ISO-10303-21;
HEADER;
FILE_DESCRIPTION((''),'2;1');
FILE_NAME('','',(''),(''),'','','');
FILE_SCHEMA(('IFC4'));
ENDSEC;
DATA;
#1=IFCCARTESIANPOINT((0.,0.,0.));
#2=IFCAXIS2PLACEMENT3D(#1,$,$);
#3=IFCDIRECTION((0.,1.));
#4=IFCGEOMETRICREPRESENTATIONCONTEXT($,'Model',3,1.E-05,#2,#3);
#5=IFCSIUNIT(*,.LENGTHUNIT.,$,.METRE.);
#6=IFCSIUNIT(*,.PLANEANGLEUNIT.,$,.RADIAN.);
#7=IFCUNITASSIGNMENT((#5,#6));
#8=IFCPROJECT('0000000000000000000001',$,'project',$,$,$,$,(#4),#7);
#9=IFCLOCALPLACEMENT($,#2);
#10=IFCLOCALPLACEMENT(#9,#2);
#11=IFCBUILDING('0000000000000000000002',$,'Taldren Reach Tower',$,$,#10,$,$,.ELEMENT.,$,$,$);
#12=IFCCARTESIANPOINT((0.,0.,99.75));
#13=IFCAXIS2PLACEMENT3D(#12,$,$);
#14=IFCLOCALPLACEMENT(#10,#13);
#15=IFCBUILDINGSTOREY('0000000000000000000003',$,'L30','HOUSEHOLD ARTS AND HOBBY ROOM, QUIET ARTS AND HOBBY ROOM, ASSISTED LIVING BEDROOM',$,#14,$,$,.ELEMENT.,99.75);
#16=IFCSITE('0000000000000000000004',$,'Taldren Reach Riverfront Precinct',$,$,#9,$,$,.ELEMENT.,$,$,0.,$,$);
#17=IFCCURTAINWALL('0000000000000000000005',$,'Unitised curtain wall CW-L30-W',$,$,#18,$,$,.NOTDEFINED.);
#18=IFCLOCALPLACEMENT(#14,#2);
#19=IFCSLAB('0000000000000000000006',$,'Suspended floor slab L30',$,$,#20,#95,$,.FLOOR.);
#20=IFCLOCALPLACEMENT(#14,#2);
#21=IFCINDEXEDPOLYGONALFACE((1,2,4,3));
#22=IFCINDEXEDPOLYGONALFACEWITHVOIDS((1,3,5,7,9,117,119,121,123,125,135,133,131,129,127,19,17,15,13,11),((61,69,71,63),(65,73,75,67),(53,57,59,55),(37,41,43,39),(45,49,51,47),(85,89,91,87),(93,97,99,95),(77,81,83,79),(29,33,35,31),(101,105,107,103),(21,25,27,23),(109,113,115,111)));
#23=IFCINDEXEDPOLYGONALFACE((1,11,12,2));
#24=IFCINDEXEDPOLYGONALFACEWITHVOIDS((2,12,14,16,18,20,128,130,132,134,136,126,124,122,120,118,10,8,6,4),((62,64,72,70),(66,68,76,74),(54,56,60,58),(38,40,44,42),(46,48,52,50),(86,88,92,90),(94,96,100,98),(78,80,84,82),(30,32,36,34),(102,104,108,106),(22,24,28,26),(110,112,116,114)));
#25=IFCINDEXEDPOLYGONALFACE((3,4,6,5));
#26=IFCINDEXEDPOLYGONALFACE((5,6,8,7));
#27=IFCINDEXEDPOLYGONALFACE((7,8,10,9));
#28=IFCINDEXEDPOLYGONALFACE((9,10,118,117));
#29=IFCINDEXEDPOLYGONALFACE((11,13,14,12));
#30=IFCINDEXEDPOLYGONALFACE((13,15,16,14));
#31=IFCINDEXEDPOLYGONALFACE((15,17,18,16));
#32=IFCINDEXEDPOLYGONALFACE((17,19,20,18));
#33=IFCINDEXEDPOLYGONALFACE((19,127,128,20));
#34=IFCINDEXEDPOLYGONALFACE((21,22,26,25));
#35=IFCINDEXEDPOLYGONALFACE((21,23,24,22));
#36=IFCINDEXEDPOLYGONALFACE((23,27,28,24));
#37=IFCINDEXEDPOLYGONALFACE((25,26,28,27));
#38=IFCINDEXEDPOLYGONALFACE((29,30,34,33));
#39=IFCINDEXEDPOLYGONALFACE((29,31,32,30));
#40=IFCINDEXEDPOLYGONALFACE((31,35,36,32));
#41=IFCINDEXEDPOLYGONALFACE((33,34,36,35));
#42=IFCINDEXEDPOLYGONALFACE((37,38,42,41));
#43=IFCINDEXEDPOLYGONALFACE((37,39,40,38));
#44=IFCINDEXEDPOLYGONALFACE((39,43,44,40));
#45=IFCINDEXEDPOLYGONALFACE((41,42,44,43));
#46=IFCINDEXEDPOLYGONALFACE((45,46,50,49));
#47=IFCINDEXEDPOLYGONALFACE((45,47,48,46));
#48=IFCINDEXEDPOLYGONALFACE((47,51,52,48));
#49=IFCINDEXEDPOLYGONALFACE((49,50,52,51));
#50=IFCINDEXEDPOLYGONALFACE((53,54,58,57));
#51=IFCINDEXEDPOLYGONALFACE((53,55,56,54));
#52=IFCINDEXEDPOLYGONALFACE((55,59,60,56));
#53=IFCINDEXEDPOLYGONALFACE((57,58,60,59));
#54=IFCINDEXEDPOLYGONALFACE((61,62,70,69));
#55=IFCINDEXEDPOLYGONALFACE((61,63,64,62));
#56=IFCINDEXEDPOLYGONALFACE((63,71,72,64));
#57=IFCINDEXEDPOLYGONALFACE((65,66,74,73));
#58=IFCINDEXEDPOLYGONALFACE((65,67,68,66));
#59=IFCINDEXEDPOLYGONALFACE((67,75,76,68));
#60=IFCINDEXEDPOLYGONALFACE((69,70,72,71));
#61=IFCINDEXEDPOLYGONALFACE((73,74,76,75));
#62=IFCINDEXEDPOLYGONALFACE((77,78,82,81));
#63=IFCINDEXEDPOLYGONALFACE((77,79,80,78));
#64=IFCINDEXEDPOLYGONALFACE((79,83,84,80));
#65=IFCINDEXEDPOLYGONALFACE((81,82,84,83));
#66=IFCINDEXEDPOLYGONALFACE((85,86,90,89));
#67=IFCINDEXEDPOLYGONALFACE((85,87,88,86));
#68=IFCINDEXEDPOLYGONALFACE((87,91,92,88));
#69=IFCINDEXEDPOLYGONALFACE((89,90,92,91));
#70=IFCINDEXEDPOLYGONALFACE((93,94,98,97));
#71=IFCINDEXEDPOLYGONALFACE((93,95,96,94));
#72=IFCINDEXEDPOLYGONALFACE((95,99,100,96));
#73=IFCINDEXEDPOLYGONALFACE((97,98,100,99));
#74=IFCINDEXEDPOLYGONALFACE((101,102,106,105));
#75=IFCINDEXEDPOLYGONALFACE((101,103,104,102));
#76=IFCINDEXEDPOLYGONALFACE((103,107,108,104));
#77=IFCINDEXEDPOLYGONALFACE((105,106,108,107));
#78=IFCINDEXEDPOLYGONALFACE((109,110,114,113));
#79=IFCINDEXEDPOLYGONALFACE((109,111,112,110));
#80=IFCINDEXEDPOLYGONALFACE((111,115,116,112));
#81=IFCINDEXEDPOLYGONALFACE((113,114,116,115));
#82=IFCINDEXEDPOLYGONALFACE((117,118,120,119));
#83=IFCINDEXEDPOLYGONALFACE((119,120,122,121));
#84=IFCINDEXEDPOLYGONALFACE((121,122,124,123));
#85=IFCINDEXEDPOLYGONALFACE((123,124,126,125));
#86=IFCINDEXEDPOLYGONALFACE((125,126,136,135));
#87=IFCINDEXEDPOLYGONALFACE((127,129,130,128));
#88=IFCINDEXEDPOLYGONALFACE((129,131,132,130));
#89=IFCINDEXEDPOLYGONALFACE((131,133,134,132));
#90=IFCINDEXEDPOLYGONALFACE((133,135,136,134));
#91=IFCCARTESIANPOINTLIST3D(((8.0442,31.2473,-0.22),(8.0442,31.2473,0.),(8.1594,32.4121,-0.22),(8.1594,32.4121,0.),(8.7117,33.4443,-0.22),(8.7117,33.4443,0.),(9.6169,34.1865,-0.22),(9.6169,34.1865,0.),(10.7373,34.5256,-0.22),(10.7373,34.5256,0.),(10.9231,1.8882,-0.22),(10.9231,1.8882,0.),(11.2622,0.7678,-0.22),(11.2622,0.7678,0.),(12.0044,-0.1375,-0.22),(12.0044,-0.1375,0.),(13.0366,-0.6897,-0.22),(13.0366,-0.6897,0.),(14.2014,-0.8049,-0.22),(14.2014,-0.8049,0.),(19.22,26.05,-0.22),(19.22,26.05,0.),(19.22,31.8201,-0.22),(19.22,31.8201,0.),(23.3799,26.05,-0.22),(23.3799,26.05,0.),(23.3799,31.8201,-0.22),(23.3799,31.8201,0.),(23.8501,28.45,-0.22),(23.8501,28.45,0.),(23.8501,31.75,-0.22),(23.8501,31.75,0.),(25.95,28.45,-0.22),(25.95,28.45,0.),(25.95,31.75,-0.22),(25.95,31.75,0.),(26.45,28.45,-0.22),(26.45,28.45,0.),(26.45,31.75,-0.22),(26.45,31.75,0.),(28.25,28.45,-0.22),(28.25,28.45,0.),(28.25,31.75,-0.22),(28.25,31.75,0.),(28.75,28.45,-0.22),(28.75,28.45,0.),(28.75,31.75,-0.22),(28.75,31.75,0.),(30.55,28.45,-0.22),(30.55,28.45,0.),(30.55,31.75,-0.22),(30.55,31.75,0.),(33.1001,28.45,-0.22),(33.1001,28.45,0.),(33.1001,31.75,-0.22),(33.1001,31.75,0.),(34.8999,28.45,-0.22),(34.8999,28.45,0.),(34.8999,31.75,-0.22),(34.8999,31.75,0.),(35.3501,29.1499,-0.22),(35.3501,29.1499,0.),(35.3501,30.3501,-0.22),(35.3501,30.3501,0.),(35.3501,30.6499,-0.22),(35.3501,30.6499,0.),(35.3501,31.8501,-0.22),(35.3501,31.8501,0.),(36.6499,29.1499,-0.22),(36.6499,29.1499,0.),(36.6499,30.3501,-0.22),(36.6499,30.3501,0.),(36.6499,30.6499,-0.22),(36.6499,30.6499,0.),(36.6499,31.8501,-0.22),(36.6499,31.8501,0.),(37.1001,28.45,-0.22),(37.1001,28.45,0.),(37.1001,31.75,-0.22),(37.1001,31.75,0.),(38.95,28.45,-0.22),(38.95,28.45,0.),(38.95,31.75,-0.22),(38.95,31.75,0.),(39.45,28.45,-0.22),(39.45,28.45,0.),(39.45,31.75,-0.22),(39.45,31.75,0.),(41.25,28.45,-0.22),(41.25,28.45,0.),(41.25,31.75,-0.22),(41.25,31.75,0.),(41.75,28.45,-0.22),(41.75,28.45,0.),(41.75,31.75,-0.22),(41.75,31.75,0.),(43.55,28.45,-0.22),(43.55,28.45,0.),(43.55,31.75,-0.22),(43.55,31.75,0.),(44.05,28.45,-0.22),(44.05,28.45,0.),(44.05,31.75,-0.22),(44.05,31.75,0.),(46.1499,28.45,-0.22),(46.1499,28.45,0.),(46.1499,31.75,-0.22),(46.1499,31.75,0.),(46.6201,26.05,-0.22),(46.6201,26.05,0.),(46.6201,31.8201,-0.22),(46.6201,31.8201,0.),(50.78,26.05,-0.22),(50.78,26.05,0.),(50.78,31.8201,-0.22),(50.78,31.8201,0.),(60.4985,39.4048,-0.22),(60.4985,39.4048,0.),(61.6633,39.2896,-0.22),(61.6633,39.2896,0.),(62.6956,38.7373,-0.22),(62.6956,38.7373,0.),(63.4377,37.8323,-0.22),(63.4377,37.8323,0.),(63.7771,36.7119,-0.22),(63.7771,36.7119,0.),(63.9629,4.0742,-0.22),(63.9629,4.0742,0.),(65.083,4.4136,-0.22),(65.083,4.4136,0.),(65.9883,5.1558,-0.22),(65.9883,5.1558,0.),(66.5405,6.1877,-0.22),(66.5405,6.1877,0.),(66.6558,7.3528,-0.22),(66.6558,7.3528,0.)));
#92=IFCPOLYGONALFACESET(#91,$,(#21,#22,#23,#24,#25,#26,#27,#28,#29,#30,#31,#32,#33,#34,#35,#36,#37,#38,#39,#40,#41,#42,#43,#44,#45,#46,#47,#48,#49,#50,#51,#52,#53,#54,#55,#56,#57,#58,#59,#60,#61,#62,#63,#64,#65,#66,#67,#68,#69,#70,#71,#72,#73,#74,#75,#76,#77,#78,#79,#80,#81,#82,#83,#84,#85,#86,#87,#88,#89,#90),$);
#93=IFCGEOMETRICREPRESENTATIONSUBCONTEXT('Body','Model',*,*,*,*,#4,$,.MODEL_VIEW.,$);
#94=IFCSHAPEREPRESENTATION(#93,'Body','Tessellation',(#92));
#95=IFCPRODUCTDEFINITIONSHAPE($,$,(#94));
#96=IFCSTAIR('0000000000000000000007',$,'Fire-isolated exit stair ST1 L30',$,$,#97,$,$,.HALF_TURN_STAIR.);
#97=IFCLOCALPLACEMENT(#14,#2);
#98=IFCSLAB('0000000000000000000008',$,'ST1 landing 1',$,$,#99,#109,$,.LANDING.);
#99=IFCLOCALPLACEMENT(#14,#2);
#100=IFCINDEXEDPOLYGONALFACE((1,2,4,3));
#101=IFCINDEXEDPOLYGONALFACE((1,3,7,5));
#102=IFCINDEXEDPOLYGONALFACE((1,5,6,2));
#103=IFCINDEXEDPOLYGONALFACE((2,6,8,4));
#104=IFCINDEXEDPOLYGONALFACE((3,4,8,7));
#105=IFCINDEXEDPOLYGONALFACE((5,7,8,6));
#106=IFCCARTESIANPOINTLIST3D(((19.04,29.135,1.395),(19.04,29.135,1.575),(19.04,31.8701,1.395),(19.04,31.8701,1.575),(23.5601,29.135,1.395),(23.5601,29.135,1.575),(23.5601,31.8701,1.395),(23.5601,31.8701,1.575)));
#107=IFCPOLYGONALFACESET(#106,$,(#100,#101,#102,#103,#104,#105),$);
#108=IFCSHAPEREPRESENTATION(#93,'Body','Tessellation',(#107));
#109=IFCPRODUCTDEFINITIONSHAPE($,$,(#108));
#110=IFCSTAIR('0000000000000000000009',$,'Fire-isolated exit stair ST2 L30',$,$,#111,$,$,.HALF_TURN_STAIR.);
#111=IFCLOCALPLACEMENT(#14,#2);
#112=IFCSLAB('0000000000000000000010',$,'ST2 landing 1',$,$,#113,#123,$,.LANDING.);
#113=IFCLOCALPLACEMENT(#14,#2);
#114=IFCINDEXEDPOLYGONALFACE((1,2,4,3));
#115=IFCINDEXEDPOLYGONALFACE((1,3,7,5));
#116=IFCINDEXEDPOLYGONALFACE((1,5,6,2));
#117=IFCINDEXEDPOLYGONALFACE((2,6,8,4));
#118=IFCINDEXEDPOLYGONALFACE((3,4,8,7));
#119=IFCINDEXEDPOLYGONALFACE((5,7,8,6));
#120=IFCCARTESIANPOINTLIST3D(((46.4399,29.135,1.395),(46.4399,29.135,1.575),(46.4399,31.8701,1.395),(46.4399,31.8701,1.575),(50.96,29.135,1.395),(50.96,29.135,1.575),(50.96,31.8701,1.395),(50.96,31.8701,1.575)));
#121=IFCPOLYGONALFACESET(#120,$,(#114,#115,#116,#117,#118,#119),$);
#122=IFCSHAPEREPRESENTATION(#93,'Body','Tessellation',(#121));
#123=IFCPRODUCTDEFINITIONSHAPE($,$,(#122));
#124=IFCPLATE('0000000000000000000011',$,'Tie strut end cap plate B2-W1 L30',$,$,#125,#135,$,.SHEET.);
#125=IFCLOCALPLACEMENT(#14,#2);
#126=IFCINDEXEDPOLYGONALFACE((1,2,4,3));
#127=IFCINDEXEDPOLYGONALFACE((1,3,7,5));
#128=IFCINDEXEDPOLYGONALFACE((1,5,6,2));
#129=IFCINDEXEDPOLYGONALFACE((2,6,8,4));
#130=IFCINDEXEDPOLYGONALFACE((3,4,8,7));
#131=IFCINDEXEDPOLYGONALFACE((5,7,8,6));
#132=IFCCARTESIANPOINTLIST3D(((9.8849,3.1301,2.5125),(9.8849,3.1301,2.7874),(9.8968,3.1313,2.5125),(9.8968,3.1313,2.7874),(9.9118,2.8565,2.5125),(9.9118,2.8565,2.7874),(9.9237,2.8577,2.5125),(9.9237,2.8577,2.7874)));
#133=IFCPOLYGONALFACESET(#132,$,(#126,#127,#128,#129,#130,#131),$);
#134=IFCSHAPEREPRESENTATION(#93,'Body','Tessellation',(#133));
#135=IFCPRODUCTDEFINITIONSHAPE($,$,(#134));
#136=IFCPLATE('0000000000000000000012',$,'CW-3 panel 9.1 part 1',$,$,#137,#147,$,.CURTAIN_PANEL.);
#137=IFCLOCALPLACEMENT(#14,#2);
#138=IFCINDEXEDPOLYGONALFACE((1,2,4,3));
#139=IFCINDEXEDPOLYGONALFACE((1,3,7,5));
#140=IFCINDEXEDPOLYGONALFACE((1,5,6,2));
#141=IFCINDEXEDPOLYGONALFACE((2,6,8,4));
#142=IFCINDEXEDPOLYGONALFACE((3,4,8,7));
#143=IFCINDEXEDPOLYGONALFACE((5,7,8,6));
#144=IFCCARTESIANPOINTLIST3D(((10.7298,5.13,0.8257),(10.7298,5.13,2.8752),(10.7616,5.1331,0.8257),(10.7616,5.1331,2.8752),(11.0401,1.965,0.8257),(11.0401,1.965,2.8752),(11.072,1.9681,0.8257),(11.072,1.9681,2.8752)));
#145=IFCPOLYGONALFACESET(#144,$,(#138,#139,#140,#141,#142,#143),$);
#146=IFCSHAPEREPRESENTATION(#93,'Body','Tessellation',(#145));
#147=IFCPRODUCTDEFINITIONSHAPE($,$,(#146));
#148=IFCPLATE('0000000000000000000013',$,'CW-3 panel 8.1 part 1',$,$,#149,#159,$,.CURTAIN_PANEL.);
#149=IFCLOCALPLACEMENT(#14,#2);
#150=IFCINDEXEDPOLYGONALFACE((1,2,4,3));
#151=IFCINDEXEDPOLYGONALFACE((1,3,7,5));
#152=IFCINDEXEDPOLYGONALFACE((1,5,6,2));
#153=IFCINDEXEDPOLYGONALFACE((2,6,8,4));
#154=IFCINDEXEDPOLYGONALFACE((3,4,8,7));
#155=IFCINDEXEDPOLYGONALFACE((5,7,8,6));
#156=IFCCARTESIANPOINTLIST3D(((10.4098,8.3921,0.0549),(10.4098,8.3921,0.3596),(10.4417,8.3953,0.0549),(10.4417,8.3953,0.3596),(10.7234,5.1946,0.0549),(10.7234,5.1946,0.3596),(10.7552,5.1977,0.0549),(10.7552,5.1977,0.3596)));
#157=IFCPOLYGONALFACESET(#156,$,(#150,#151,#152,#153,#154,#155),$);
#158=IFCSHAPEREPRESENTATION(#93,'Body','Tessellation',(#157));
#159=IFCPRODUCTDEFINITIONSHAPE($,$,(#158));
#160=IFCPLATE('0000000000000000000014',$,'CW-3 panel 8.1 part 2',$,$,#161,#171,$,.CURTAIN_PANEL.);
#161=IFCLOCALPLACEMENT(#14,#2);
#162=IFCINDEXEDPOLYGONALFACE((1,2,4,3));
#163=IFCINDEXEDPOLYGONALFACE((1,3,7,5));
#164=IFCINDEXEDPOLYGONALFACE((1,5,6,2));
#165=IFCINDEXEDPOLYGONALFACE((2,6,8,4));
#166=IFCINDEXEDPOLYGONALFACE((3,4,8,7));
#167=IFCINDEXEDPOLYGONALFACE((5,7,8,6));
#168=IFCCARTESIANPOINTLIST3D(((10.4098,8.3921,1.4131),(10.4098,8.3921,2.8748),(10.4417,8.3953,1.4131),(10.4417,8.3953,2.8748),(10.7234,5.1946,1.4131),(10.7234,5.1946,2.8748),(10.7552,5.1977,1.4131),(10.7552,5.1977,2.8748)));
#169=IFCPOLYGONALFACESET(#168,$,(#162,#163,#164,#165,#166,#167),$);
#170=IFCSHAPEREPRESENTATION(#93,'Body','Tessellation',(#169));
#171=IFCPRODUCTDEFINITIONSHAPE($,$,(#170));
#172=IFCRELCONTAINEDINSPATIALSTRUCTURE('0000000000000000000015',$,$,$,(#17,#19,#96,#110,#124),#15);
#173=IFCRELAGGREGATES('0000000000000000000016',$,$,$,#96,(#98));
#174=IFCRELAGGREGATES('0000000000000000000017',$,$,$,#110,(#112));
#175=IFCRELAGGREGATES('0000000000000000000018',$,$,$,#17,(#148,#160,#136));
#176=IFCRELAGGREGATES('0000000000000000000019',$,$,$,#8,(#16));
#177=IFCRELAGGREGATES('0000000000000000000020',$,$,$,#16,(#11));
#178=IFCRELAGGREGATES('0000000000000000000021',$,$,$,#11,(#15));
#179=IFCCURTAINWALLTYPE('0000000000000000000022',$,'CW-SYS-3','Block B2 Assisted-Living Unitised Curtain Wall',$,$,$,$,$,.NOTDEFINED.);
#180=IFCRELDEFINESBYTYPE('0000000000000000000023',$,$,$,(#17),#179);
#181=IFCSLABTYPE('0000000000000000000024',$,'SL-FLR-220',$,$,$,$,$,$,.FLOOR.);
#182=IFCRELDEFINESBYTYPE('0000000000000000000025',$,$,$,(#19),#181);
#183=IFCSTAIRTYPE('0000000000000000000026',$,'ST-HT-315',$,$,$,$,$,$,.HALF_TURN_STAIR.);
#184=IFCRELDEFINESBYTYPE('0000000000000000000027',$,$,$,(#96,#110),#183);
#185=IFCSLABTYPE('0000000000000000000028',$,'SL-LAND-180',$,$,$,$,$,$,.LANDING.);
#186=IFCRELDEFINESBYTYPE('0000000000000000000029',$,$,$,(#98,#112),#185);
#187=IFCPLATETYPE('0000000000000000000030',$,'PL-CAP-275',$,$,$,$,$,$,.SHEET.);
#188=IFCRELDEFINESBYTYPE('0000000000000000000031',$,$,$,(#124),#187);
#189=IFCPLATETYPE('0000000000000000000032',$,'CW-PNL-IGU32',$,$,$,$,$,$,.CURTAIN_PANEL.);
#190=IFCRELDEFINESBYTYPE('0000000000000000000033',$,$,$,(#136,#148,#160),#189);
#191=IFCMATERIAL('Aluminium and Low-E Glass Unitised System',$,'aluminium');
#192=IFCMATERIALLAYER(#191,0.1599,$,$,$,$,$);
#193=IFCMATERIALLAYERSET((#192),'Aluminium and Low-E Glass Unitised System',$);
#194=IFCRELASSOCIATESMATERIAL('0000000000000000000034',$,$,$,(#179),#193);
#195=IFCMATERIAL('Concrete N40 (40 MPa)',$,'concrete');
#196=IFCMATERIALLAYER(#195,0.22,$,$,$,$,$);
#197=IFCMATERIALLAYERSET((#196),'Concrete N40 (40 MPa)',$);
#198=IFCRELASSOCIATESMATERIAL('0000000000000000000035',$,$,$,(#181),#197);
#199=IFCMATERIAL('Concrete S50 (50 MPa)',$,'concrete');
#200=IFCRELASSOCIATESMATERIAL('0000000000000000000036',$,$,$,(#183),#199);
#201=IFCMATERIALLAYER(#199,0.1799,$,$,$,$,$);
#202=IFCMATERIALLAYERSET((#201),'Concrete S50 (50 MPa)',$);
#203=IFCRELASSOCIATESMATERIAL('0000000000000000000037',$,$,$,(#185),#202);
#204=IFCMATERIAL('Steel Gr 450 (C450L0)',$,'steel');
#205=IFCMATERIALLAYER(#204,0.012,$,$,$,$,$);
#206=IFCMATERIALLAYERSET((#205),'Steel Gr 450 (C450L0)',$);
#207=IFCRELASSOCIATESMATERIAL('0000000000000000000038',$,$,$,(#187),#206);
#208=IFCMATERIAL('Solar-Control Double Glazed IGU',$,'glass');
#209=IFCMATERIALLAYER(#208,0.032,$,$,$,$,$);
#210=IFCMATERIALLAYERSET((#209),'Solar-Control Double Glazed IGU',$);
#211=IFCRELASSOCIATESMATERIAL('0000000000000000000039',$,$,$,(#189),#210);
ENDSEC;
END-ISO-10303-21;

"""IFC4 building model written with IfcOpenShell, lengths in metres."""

from ifc_helpers import new_model, si_unit, direction, frame, origin, origin_2d, place, context, subcontext, project, spatial, polyline, rectangle, outline, extrude, source, transform, mapped, material, layer, layer_set, type_object, element, aggregate, save


model = new_model("IFC4")

# Units and contexts
model_context = context("Model", 3, precision=1e-05, world=origin(), true_north=direction((0.0, 1.0)))
body_context = subcontext(model_context, "Body", "Model", "MODEL_VIEW")
ifc_project = project(units=[si_unit("LENGTHUNIT", "METRE"), si_unit("PLANEANGLEUNIT", "RADIAN")], contexts=[model_context])

# Site, building, storey
site_placement = place(None, origin())
site = spatial("IfcSite", under=ifc_project, at=site_placement, Name="Taldren Reach Riverfront Precinct", CompositionType="ELEMENT", RefElevation=0.0)
building_placement = place(site_placement, origin())
building = spatial("IfcBuilding", under=site, at=building_placement, Name="Taldren Reach Tower", CompositionType="ELEMENT")
storey_placement = place(building_placement, frame((0.0, 0.0, 99.75)))
storey = spatial("IfcBuildingStorey", under=building, at=storey_placement, Name="L30", Description="HOUSEHOLD ARTS AND HOBBY ROOM, QUIET ARTS AND HOBBY ROOM, ASSISTED LIVING BEDROOM", CompositionType="ELEMENT", Elevation=99.75)

# Shared definitions
ifc_material_1 = material(Name="Steel Gr 450 (C450L0)", Category="steel")

# Curtain wall
ifc_material_2 = material(Name="Aluminium and Low-E Glass Unitised System", Category="aluminium")
ifc_layer_1 = layer(ifc_material_2, 0.1599)
ifc_layer_set_1 = layer_set([ifc_layer_1], Name="Aluminium and Low-E Glass Unitised System")
curtain_wall_type = type_object("IfcCurtainWallType", Name="CW-SYS-3", Description="Block B2 Assisted-Living Unitised Curtain Wall", PredefinedType="NOTDEFINED", material=ifc_layer_set_1)
curtain_wall_placement = place(storey_placement, origin())
curtain_wall = element("IfcCurtainWall", 1, at=curtain_wall_placement, inside=storey, type_object=curtain_wall_type, Name="Unitised curtain wall CW-L30-W", PredefinedType="NOTDEFINED")

# Slab
ifc_material_3 = material(Name="Concrete N40 (40 MPa)", Category="concrete")
ifc_layer_2 = layer(ifc_material_3, 0.22)
ifc_layer_set_2 = layer_set([ifc_layer_2], Name="Concrete N40 (40 MPa)")
slab_type_1 = type_object("IfcSlabType", Name="SL-FLR-220", PredefinedType="FLOOR", material=ifc_layer_set_2)
slab_1_placement = place(storey_placement, frame((0.0, 0.0, -0.22)))
element("IfcSlab", 2, at=slab_1_placement, inside=storey, type_object=slab_type_1, Name="Suspended floor slab L30", PredefinedType="FLOOR", context=body_context, shape_type="SweptSolid", body=[
    extrude(outline(polyline([(63.9629, 4.0742), (65.083, 4.4136), (65.9883, 5.1558), (66.5405, 6.1877), (66.6558, 7.3528), (63.7771, 36.7119), (63.4377, 37.8323), (62.6956, 38.7373), (61.6633, 39.2896), (60.4985, 39.4048), (10.7373, 34.5256), (9.6169, 34.1865), (8.7117, 33.4443), (8.1594, 32.4121), (8.0442, 31.2473), (10.9231, 1.8882), (11.2622, 0.7678), (12.0044, -0.1375), (13.0366, -0.6897), (14.2014, -0.8049), (63.9629, 4.0742)]), holes=[polyline([(19.22, 26.05), (23.3799, 26.05), (23.3799, 31.8201), (19.22, 31.8201), (19.22, 26.05)]), polyline([(46.6201, 26.05), (50.78, 26.05), (50.78, 31.8201), (46.6201, 31.8201), (46.6201, 26.05)]), polyline([(23.8501, 28.45), (25.95, 28.45), (25.95, 31.75), (23.8501, 31.75), (23.8501, 28.45)]), polyline([(44.05, 28.45), (46.1499, 28.45), (46.1499, 31.75), (44.05, 31.75), (44.05, 28.45)]), polyline([(26.45, 28.45), (28.25, 28.45), (28.25, 31.75), (26.45, 31.75), (26.45, 28.45)]), polyline([(28.75, 28.45), (30.55, 28.45), (30.55, 31.75), (28.75, 31.75), (28.75, 28.45)]), polyline([(33.1001, 28.45), (34.8999, 28.45), (34.8999, 31.75), (33.1001, 31.75), (33.1001, 28.45)]), polyline([(37.1001, 28.45), (38.95, 28.45), (38.95, 31.75), (37.1001, 31.75), (37.1001, 28.45)]), polyline([(39.45, 28.45), (41.25, 28.45), (41.25, 31.75), (39.45, 31.75), (39.45, 28.45)]), polyline([(41.75, 28.45), (43.55, 28.45), (43.55, 31.75), (41.75, 31.75), (41.75, 28.45)]), polyline([(35.3501, 30.6499), (36.6499, 30.6499), (36.6499, 31.8501), (35.3501, 31.8501), (35.3501, 30.6499)]), polyline([(35.3501, 29.1499), (36.6499, 29.1499), (36.6499, 30.3501), (35.3501, 30.3501), (35.3501, 29.1499)])]), origin(), (0.0, 0.0, 1.0), 0.22),
])

# Stairs, slabs
ifc_material_4 = material(Name="Concrete S50 (50 MPa)", Category="concrete")
stair_type = type_object("IfcStairType", Name="ST-HT-315", PredefinedType="HALF_TURN_STAIR", material=ifc_material_4)
stair_1_placement = place(storey_placement, origin())
stair_1 = element("IfcStair", 3, at=stair_1_placement, inside=storey, type_object=stair_type, Name="Fire-isolated exit stair ST1 L30", PredefinedType="HALF_TURN_STAIR")
ifc_layer_3 = layer(ifc_material_4, 0.1799)
ifc_layer_set_3 = layer_set([ifc_layer_3], Name="Concrete S50 (50 MPa)")
slab_type_2 = type_object("IfcSlabType", Name="SL-LAND-180", PredefinedType="LANDING", material=ifc_layer_set_3)
slab_2_placement = place(storey_placement, frame((0.0, 0.0, 1.395)))
slab_2 = element("IfcSlab", 4, at=slab_2_placement, type_object=slab_type_2, Name="ST1 landing 1", PredefinedType="LANDING", context=body_context, shape_type="SweptSolid", body=[
    extrude(outline(polyline([(19.04, 29.135), (23.5601, 29.135), (23.5601, 31.8701), (19.04, 31.8701), (19.04, 29.135)])), origin(), (0.0, 0.0, 1.0), 0.1799),
])
aggregate(stair_1, [slab_2])
stair_2_placement = place(storey_placement, origin())
stair_2 = element("IfcStair", 5, at=stair_2_placement, inside=storey, type_object=stair_type, Name="Fire-isolated exit stair ST2 L30", PredefinedType="HALF_TURN_STAIR")
slab_3_placement = place(storey_placement, frame((0.0, 0.0, 1.395)))
slab_3 = element("IfcSlab", 6, at=slab_3_placement, type_object=slab_type_2, Name="ST2 landing 1", PredefinedType="LANDING", context=body_context, shape_type="SweptSolid", body=[
    extrude(outline(polyline([(46.4399, 29.135), (50.96, 29.135), (50.96, 31.8701), (46.4399, 31.8701), (46.4399, 29.135)])), origin(), (0.0, 0.0, 1.0), 0.1799),
])
aggregate(stair_2, [slab_3])

# Plates
ifc_layer_4 = layer(ifc_material_1, 0.012)
ifc_layer_set_4 = layer_set([ifc_layer_4], Name="Steel Gr 450 (C450L0)")
plate_type_1 = type_object("IfcPlateType", Name="PL-CAP-275", PredefinedType="SHEET", material=ifc_layer_set_4)
shared_shape_1 = source(origin(), body_context, "Body", "SweptSolid", [
    extrude(rectangle(XDim=0.012, YDim=0.2749, at=origin_2d()), origin(), (0.0, 0.0, 1.0), 0.2749),
])
plate_1_placement = place(storey_placement, frame((9.9043, 2.9939, 2.5125), z_axis=(0.0, 0.0, 1.0), x_axis=(0.995227, 0.097583, 0.0)))
element("IfcPlate", 7, at=plate_1_placement, inside=storey, type_object=plate_type_1, Name="Tie strut end cap plate B2-W1 L30", PredefinedType="SHEET", context=body_context, shape_type="MappedRepresentation", body=[
    mapped(shared_shape_1, transform((0.0, 0.0, 0.0), scale=1.0)),
])
ifc_material_5 = material(Name="Solar-Control Double Glazed IGU", Category="glass")
ifc_layer_5 = layer(ifc_material_5, 0.032)
ifc_layer_set_5 = layer_set([ifc_layer_5], Name="Solar-Control Double Glazed IGU")
plate_type_2 = type_object("IfcPlateType", Name="CW-PNL-IGU32", PredefinedType="CURTAIN_PANEL", material=ifc_layer_set_5)
shared_shape_2 = source(origin(), body_context, "Body", "SweptSolid", [
    extrude(rectangle(XDim=3.1802, YDim=0.032, at=origin_2d()), origin(), (0.0, 0.0, 1.0), 2.0496),
])
plate_2_placement = place(storey_placement, frame((10.9009, 3.5491, 0.8257), z_axis=(0.0, 0.0, 1.0), x_axis=(0.097583, -0.995227, 0.0)))
plate_2 = element("IfcPlate", 8, at=plate_2_placement, type_object=plate_type_2, Name="CW-3 panel 9.1 part 1", PredefinedType="CURTAIN_PANEL", context=body_context, shape_type="MappedRepresentation", body=[
    mapped(shared_shape_2, transform((0.0, 0.0, 0.0), scale=1.0)),
])
shared_shape_3 = source(origin(), body_context, "Body", "SweptSolid", [
    extrude(rectangle(XDim=3.2129, YDim=0.032, at=origin_2d()), origin(), (0.0, 0.0, 1.0), 0.3047),
])
plate_3_placement = place(storey_placement, frame((10.5825, 6.7949, 0.0549), z_axis=(0.0, 0.0, 1.0), x_axis=(0.097583, -0.995227, 0.0)))
plate_3 = element("IfcPlate", 9, at=plate_3_placement, type_object=plate_type_2, Name="CW-3 panel 8.1 part 1", PredefinedType="CURTAIN_PANEL", context=body_context, shape_type="MappedRepresentation", body=[
    mapped(shared_shape_3, transform((0.0, 0.0, 0.0), scale=1.0)),
])
shared_shape_4 = source(origin(), body_context, "Body", "SweptSolid", [
    extrude(rectangle(XDim=3.2129, YDim=0.032, at=origin_2d()), origin(), (0.0, 0.0, 1.0), 1.4617),
])
plate_4_placement = place(storey_placement, frame((10.5825, 6.7949, 1.4131), z_axis=(0.0, 0.0, 1.0), x_axis=(0.097583, -0.995227, 0.0)))
plate_4 = element("IfcPlate", 10, at=plate_4_placement, type_object=plate_type_2, Name="CW-3 panel 8.1 part 2", PredefinedType="CURTAIN_PANEL", context=body_context, shape_type="MappedRepresentation", body=[
    mapped(shared_shape_4, transform((0.0, 0.0, 0.0), scale=1.0)),
])
aggregate(curtain_wall, [plate_3, plate_4, plate_2])

save(model, "model.ifc")
